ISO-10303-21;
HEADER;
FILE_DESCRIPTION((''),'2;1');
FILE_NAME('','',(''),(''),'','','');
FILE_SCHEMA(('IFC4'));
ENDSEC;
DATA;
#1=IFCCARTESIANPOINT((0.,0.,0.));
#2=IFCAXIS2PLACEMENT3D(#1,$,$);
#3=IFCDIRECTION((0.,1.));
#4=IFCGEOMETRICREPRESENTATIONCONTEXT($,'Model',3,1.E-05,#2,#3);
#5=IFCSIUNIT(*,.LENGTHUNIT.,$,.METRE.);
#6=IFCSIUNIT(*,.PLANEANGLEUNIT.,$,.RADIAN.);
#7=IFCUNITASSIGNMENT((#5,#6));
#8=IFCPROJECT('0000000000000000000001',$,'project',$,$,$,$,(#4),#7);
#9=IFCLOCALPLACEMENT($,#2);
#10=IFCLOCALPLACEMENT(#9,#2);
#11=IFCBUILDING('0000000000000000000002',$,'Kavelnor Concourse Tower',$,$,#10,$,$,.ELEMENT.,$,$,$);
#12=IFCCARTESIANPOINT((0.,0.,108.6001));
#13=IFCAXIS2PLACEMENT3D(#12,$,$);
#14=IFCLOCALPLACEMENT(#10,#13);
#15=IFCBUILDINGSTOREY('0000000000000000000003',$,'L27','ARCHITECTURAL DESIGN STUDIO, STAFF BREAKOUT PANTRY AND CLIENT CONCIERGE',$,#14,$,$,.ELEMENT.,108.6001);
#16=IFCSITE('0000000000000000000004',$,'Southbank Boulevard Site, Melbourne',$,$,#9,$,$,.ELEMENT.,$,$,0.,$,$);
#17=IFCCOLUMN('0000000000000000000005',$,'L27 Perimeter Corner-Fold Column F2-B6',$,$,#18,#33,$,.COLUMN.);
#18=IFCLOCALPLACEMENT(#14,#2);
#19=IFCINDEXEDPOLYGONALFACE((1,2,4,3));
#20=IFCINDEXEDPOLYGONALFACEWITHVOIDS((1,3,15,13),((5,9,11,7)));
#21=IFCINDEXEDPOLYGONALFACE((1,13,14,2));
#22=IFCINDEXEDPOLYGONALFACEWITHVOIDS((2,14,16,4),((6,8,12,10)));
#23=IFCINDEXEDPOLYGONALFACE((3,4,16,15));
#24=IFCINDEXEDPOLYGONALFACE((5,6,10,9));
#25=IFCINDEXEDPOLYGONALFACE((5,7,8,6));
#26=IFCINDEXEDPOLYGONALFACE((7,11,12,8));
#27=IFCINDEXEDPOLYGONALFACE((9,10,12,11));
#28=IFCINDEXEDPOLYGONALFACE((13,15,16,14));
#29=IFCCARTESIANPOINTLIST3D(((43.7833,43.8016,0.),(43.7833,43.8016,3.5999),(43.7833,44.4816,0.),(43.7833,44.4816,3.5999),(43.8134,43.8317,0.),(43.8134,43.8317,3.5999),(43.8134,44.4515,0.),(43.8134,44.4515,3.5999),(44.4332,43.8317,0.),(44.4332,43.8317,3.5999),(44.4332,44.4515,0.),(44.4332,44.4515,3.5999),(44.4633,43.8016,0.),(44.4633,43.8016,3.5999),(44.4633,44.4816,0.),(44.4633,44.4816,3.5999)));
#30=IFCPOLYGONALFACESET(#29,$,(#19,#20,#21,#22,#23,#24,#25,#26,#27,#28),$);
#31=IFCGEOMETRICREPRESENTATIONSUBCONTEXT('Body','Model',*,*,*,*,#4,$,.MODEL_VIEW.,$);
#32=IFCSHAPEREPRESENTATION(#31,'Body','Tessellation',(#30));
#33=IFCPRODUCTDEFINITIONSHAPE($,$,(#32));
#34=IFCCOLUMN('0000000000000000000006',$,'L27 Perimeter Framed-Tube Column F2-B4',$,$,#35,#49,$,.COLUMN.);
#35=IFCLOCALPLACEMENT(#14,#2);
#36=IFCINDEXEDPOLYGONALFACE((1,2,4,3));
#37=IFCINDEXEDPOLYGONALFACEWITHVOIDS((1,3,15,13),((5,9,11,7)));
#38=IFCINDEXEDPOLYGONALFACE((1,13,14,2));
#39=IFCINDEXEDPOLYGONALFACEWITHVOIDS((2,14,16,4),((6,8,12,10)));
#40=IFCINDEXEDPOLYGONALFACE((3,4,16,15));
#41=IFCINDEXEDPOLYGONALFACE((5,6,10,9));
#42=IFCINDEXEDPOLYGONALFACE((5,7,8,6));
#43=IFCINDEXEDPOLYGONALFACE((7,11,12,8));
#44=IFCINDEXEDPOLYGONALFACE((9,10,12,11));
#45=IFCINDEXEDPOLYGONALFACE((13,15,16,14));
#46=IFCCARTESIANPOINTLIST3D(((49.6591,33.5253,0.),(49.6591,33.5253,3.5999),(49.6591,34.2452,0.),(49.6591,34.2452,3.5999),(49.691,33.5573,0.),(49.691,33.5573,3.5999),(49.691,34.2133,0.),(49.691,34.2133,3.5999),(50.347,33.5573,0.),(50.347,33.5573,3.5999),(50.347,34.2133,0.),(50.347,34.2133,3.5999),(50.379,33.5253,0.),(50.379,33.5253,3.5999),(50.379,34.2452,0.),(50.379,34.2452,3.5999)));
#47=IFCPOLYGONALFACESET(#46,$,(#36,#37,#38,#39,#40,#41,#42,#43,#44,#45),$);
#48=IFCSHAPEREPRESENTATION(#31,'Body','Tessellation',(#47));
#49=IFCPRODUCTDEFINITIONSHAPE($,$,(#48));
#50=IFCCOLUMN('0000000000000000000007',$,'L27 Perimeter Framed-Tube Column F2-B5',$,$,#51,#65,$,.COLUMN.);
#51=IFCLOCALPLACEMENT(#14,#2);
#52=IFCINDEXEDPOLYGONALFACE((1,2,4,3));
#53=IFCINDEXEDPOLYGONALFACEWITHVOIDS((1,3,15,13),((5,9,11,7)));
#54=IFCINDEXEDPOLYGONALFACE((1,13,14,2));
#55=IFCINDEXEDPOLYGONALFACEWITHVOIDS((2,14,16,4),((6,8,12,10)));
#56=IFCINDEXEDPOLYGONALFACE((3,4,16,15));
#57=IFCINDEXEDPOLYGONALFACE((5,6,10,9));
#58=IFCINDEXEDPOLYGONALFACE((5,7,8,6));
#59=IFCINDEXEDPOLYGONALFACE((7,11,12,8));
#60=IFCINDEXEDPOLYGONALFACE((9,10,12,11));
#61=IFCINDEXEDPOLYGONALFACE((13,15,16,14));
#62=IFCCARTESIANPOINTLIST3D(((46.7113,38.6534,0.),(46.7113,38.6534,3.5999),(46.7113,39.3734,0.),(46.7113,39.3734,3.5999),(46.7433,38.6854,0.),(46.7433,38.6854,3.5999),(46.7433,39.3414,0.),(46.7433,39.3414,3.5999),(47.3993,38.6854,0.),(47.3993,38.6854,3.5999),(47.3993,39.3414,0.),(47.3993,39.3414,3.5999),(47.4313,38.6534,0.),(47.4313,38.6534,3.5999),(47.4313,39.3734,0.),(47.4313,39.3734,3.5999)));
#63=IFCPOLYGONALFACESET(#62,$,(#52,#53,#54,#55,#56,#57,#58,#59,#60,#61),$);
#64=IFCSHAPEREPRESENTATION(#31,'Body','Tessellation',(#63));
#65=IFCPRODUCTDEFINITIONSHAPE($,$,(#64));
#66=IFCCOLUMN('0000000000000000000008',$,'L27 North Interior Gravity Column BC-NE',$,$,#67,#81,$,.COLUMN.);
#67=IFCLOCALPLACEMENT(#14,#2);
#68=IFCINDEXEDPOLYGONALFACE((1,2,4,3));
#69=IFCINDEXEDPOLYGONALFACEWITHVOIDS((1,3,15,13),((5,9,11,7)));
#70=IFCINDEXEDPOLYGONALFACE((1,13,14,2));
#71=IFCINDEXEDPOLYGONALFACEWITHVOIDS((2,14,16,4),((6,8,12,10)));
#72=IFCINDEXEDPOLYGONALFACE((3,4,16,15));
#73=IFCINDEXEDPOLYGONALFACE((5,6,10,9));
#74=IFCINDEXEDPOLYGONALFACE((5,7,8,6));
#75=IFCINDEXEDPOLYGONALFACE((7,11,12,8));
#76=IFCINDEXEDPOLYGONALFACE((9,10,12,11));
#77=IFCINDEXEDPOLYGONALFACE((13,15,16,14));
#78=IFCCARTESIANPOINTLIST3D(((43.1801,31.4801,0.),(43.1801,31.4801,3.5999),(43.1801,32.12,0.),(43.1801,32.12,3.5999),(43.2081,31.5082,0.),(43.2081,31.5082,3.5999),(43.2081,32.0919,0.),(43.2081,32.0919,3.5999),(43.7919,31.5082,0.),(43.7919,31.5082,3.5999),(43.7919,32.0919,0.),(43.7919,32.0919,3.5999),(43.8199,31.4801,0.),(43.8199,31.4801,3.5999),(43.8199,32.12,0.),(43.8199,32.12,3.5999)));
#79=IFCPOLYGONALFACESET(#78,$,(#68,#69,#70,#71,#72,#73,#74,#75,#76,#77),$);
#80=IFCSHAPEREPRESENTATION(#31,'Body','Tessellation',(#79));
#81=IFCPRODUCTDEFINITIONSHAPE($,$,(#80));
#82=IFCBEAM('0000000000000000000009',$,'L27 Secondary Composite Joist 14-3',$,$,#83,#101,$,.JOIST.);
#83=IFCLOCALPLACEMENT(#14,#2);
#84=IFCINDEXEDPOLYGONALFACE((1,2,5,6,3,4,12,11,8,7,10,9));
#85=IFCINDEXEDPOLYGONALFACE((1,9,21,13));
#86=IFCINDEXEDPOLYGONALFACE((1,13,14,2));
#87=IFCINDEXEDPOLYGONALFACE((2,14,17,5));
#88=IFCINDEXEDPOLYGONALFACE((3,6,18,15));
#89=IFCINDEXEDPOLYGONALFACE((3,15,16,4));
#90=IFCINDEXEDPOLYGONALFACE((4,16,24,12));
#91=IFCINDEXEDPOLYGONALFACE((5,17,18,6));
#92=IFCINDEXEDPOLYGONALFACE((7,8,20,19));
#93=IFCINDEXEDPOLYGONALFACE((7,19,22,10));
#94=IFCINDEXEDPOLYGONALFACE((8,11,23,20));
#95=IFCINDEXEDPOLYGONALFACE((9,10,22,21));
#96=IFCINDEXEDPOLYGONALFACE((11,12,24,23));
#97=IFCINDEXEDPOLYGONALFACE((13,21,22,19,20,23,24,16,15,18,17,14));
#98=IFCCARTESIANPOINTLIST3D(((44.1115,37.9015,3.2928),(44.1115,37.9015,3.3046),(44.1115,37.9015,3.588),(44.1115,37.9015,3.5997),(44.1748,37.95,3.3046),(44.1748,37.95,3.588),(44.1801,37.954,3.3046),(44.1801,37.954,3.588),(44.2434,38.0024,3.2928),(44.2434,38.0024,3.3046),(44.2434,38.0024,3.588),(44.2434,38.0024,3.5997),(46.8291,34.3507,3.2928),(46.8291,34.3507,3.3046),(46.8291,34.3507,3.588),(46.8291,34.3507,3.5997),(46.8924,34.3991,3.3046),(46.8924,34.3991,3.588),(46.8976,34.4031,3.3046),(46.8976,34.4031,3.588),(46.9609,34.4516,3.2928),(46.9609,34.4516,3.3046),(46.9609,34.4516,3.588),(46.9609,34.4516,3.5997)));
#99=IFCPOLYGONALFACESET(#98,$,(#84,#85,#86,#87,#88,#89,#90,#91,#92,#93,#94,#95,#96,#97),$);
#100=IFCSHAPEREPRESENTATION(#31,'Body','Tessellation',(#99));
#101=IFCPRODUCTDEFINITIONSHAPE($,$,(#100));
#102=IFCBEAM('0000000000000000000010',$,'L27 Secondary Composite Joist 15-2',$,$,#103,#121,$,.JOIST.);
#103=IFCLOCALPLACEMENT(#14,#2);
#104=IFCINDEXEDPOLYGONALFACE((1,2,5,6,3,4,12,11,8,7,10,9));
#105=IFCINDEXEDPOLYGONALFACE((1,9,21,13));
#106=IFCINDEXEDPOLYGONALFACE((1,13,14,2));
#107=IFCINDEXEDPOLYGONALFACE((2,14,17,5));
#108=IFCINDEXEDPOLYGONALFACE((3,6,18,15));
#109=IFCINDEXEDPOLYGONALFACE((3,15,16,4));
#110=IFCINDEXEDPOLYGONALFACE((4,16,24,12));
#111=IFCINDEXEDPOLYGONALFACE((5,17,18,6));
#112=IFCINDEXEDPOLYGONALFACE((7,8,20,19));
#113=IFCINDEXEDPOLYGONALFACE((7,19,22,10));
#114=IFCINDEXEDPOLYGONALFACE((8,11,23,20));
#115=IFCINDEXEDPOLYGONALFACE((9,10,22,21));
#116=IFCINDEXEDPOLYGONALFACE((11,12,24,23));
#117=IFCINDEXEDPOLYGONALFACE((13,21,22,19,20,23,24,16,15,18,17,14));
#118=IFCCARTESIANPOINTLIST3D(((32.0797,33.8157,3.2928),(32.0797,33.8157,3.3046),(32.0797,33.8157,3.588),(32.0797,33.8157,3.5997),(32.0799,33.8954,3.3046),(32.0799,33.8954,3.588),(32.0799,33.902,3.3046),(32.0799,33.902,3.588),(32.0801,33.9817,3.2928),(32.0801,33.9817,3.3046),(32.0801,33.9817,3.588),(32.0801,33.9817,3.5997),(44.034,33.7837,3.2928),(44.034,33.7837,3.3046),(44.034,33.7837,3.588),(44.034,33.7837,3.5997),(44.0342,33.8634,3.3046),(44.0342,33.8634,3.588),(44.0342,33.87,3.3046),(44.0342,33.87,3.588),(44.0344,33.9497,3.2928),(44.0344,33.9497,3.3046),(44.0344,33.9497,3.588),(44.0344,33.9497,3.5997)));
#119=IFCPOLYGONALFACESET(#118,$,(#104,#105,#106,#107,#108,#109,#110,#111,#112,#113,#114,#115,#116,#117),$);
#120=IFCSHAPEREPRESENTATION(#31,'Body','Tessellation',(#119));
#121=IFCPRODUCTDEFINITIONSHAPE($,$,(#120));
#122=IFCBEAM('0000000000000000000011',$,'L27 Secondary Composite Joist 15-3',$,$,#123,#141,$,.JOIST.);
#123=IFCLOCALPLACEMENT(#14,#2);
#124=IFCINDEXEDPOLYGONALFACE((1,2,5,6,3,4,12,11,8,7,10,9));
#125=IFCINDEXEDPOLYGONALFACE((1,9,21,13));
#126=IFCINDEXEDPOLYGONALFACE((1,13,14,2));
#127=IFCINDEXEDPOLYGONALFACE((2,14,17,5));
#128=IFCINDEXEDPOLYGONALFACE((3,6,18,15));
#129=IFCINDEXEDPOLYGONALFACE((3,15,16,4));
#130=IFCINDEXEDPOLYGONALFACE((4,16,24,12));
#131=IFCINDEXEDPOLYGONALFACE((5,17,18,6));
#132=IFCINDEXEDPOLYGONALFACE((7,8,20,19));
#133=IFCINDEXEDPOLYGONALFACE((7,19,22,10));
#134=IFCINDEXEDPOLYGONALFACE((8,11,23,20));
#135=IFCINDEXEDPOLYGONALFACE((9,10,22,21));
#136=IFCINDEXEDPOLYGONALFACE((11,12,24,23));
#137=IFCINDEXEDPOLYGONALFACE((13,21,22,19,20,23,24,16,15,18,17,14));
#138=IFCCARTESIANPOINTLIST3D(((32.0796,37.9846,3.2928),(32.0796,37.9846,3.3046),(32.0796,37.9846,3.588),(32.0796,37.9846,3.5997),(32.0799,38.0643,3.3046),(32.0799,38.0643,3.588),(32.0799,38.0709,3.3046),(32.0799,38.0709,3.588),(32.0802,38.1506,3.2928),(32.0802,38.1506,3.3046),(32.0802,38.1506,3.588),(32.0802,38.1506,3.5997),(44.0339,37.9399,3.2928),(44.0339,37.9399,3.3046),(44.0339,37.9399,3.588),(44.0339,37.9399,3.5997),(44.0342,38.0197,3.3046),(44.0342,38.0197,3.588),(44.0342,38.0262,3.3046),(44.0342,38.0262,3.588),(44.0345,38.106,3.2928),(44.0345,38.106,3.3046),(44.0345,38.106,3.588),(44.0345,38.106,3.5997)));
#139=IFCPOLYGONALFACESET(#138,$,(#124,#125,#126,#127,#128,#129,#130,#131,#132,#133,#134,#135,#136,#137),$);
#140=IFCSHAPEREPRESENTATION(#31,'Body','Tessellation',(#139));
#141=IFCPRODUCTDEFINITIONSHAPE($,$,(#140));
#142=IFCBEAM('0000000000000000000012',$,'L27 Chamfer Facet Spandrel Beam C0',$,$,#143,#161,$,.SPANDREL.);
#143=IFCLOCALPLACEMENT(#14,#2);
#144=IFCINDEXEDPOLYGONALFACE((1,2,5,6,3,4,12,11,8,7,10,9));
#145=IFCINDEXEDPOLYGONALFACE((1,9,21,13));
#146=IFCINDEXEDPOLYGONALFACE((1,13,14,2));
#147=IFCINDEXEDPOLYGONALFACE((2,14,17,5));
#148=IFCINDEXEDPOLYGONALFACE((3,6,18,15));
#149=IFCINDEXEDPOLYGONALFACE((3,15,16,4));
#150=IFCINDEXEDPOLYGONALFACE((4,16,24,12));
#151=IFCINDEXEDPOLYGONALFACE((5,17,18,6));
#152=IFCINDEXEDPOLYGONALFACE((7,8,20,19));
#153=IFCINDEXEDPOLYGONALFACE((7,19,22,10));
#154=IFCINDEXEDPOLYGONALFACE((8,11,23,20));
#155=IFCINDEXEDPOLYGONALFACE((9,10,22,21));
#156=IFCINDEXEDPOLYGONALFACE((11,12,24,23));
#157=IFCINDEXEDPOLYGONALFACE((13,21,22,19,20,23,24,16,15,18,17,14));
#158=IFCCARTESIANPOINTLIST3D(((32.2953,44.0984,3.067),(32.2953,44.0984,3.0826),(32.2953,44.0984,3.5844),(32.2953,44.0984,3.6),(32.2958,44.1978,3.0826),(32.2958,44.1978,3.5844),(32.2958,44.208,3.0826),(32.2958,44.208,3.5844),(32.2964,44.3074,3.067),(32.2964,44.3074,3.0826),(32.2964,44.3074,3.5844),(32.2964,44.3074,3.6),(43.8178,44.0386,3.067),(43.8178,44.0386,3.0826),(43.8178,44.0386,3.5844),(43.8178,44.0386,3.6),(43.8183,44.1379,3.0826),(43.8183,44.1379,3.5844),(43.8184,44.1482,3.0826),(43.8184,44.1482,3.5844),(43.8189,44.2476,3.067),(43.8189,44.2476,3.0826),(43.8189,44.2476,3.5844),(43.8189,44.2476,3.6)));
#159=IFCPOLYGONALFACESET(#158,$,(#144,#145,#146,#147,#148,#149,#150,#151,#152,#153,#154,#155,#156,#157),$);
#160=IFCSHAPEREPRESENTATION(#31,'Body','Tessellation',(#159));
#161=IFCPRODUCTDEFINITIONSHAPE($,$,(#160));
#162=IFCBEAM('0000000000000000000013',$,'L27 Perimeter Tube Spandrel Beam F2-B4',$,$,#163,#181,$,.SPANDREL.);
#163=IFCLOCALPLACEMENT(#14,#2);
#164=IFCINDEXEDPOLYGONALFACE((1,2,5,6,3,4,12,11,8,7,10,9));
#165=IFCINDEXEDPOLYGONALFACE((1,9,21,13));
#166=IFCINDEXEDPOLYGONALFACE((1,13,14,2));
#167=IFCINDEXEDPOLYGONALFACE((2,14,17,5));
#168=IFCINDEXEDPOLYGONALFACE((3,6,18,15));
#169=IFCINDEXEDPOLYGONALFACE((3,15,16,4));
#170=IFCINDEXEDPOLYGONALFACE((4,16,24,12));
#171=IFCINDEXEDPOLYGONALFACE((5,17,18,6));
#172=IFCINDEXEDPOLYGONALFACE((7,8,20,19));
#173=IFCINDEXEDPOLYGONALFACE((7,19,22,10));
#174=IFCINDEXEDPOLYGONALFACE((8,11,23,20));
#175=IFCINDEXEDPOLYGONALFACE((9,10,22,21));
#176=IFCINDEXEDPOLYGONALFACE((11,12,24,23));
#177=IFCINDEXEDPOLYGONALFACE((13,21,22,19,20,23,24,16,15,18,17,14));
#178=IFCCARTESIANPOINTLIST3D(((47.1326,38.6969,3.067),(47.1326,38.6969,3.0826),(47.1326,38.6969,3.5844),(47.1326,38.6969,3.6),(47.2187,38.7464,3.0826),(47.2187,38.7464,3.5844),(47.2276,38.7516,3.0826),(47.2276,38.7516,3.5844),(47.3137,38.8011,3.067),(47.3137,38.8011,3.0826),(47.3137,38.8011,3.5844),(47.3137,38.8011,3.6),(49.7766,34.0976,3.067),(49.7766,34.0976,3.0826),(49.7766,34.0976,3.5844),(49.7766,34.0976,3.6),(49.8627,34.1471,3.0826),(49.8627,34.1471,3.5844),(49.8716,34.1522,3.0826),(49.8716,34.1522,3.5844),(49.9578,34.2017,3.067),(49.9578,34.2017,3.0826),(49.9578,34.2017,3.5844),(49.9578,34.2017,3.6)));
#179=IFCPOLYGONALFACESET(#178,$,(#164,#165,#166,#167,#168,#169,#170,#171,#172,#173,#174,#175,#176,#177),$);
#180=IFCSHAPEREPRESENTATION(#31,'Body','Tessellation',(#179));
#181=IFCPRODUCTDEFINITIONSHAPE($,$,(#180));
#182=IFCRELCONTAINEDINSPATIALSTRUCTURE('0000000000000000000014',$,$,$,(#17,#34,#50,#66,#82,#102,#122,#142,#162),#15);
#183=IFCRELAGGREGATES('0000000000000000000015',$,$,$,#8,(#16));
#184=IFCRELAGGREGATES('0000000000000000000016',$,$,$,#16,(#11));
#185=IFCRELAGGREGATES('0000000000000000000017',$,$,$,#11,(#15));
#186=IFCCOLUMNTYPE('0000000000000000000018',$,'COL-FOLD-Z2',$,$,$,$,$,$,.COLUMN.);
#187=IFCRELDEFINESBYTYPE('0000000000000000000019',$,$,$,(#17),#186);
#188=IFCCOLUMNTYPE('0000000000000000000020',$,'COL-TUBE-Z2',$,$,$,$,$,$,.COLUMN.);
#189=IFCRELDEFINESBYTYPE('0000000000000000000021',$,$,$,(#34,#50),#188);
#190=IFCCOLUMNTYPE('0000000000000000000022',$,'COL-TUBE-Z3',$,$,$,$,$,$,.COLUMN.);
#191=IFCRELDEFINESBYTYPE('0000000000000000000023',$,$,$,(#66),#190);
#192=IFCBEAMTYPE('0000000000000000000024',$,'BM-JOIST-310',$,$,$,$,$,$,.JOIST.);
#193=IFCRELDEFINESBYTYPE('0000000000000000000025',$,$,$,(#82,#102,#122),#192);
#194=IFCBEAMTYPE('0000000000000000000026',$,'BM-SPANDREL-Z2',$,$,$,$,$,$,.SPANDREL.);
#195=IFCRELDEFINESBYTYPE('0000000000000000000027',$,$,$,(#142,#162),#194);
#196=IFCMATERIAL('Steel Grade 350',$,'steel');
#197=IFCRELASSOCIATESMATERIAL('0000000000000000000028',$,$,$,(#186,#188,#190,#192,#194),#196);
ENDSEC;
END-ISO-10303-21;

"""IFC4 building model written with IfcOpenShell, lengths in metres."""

from ifc_helpers import new_model, si_unit, direction, frame, origin, origin_2d, place, context, subcontext, project, spatial, hollow_rectangle, i_section, extrude, material, material_profile, profile_set, type_object, element, save


model = new_model("IFC4")

# Units and contexts
model_context = context("Model", 3, precision=1e-05, world=origin(), true_north=direction((0.0, 1.0)))
body_context = subcontext(model_context, "Body", "Model", "MODEL_VIEW")
ifc_project = project(units=[si_unit("LENGTHUNIT", "METRE"), si_unit("PLANEANGLEUNIT", "RADIAN")], contexts=[model_context])

# Site, building, storey
site_placement = place(None, origin())
site = spatial("IfcSite", under=ifc_project, at=site_placement, Name="Southbank Boulevard Site, Melbourne", CompositionType="ELEMENT", RefElevation=0.0)
building_placement = place(site_placement, origin())
building = spatial("IfcBuilding", under=site, at=building_placement, Name="Kavelnor Concourse Tower", CompositionType="ELEMENT")
storey_placement = place(building_placement, frame((0.0, 0.0, 108.6001)))
storey = spatial("IfcBuildingStorey", under=building, at=storey_placement, Name="L27", Description="ARCHITECTURAL DESIGN STUDIO, STAFF BREAKOUT PANTRY AND CLIENT CONCIERGE", CompositionType="ELEMENT", Elevation=108.6001)

# Columns
ifc_material_1 = material(Name="Steel Grade 350", Category="steel")
ifc_material_profile_1 = material_profile(ifc_material_1, hollow_rectangle(XDim=0.6799, YDim=0.6799, WallThickness=0.03, at=origin_2d()), Name="SHS 680x680x30")
ifc_profile_set_1 = profile_set([ifc_material_profile_1], Name="Steel Grade 350")
column_type_1 = type_object("IfcColumnType", Name="COL-FOLD-Z2", PredefinedType="COLUMN", material=ifc_profile_set_1)
column_1_placement = place(storey_placement, frame((44.1233, 44.1416, 0.0), z_axis=(0.0, 0.0, 1.0), x_axis=(1.0, 0.0, 0.0)))
element("IfcColumn", 1, at=column_1_placement, inside=storey, type_object=column_type_1, Name="L27 Perimeter Corner-Fold Column F2-B6", PredefinedType="COLUMN", context=body_context, shape_type="SweptSolid", body=[
    extrude(hollow_rectangle(XDim=0.6799, YDim=0.6799, WallThickness=0.03, at=origin_2d()), origin(), (0.0, 0.0, 1.0), 3.5999),
])
ifc_material_profile_2 = material_profile(ifc_material_1, hollow_rectangle(XDim=0.72, YDim=0.72, WallThickness=0.032, at=origin_2d()), Name="SHS 720x720x32")
ifc_profile_set_2 = profile_set([ifc_material_profile_2], Name="Steel Grade 350")
column_type_2 = type_object("IfcColumnType", Name="COL-TUBE-Z2", PredefinedType="COLUMN", material=ifc_profile_set_2)
for number, where, z_axis, x_axis, name in (
    (2, (50.019, 33.8853, 0.0), (0.0, 0.0, 1.0), (1.0, 0.0, 0.0), "L27 Perimeter Framed-Tube Column F2-B4"),
    (3, (47.0713, 39.0134, 0.0), (0.0, 0.0, 1.0), (1.0, 0.0, 0.0), "L27 Perimeter Framed-Tube Column F2-B5"),
):
    element("IfcColumn", number, at=place(storey_placement, frame(where, z_axis=z_axis, x_axis=x_axis)), inside=storey, type_object=column_type_2, Name=name, PredefinedType="COLUMN", context=body_context, shape_type="SweptSolid", body=[
        extrude(hollow_rectangle(XDim=0.72, YDim=0.72, WallThickness=0.032, at=origin_2d()), origin(), (0.0, 0.0, 1.0), 3.5999),
    ])
ifc_material_profile_3 = material_profile(ifc_material_1, hollow_rectangle(XDim=0.6399, YDim=0.6399, WallThickness=0.0281, at=origin_2d()), Name="SHS 640x640x28")
ifc_profile_set_3 = profile_set([ifc_material_profile_3], Name="Steel Grade 350")
column_type_3 = type_object("IfcColumnType", Name="COL-TUBE-Z3", PredefinedType="COLUMN", material=ifc_profile_set_3)
column_2_placement = place(storey_placement, frame((43.5, 31.8, 0.0), z_axis=(0.0, 0.0, 1.0), x_axis=(1.0, 0.0, 0.0)))
element("IfcColumn", 4, at=column_2_placement, inside=storey, type_object=column_type_3, Name="L27 North Interior Gravity Column BC-NE", PredefinedType="COLUMN", context=body_context, shape_type="SweptSolid", body=[
    extrude(hollow_rectangle(XDim=0.6399, YDim=0.6399, WallThickness=0.0281, at=origin_2d()), origin(), (0.0, 0.0, 1.0), 3.5999),
])

# Beams
ifc_material_profile_4 = material_profile(ifc_material_1, i_section(OverallWidth=0.166, OverallDepth=0.3069, WebThickness=0.0066, FlangeThickness=0.0117, at=origin_2d()), Name="310UB46")
ifc_profile_set_4 = profile_set([ifc_material_profile_4], Name="Steel Grade 350")
beam_type_1 = type_object("IfcBeamType", Name="BM-JOIST-310", PredefinedType="JOIST", material=ifc_profile_set_4)
beam_1_placement = place(storey_placement, frame((46.895, 34.4011, 3.4463), z_axis=(-0.607764, 0.794118, 0.0), x_axis=(-0.794118, -0.607764, 0.0)))
element("IfcBeam", 5, at=beam_1_placement, inside=storey, type_object=beam_type_1, Name="L27 Secondary Composite Joist 14-3", PredefinedType="JOIST", context=body_context, shape_type="SweptSolid", body=[
    extrude(i_section(OverallWidth=0.166, OverallDepth=0.3069, WebThickness=0.0066, FlangeThickness=0.0117, at=origin_2d()), origin(), (0.0, 0.0, 1.0), 4.4714),
])
for number, where, z_axis, x_axis, name in (
    (6, (44.0342, 33.8667, 3.4463), (-0.999996, 0.002675, 0.0), (-0.002675, -0.999996, 0.0), "L27 Secondary Composite Joist 15-2"),
    (7, (44.0342, 38.0229, 3.4463), (-0.999993, 0.003737, 0.0), (-0.003737, -0.999993, 0.0), "L27 Secondary Composite Joist 15-3"),
):
    element("IfcBeam", number, at=place(storey_placement, frame(where, z_axis=z_axis, x_axis=x_axis)), inside=storey, type_object=beam_type_1, Name=name, PredefinedType="JOIST", context=body_context, shape_type="SweptSolid", body=[
        extrude(i_section(OverallWidth=0.166, OverallDepth=0.3069, WebThickness=0.0066, FlangeThickness=0.0117, at=origin_2d()), origin(), (0.0, 0.0, 1.0), 11.9543),
    ])
ifc_material_profile_5 = material_profile(ifc_material_1, i_section(OverallWidth=0.209, OverallDepth=0.533, WebThickness=0.0103, FlangeThickness=0.0156, at=origin_2d()), Name="530UB92")
ifc_profile_set_5 = profile_set([ifc_material_profile_5], Name="Steel Grade 350")
beam_type_2 = type_object("IfcBeamType", Name="BM-SPANDREL-Z2", PredefinedType="SPANDREL", material=ifc_profile_set_5)
beam_2_placement = place(storey_placement, frame((43.8184, 44.1431, 3.3335), z_axis=(-0.999987, 0.005191, 0.0), x_axis=(-0.005191, -0.999987, 0.0)))
element("IfcBeam", 8, at=beam_2_placement, inside=storey, type_object=beam_type_2, Name="L27 Chamfer Facet Spandrel Beam C0", PredefinedType="SPANDREL", context=body_context, shape_type="SweptSolid", body=[
    extrude(i_section(OverallWidth=0.209, OverallDepth=0.533, WebThickness=0.0103, FlangeThickness=0.0156, at=origin_2d()), origin(), (0.0, 0.0, 1.0), 11.5227),
])
for number, where, z_axis, x_axis, name in (
    (9, (49.8672, 34.1497, 3.3335), (-0.498387, 0.866955, 0.0), (-0.866955, -0.498387, 0.0), "L27 Perimeter Tube Spandrel Beam F2-B4"),
):
    element("IfcBeam", number, at=place(storey_placement, frame(where, z_axis=z_axis, x_axis=x_axis)), inside=storey, type_object=beam_type_2, Name=name, PredefinedType="SPANDREL", context=body_context, shape_type="SweptSolid", body=[
        extrude(i_section(OverallWidth=0.209, OverallDepth=0.533, WebThickness=0.0103, FlangeThickness=0.0156, at=origin_2d()), origin(), (0.0, 0.0, 1.0), 5.3052),
    ])

save(model, "model.ifc")
